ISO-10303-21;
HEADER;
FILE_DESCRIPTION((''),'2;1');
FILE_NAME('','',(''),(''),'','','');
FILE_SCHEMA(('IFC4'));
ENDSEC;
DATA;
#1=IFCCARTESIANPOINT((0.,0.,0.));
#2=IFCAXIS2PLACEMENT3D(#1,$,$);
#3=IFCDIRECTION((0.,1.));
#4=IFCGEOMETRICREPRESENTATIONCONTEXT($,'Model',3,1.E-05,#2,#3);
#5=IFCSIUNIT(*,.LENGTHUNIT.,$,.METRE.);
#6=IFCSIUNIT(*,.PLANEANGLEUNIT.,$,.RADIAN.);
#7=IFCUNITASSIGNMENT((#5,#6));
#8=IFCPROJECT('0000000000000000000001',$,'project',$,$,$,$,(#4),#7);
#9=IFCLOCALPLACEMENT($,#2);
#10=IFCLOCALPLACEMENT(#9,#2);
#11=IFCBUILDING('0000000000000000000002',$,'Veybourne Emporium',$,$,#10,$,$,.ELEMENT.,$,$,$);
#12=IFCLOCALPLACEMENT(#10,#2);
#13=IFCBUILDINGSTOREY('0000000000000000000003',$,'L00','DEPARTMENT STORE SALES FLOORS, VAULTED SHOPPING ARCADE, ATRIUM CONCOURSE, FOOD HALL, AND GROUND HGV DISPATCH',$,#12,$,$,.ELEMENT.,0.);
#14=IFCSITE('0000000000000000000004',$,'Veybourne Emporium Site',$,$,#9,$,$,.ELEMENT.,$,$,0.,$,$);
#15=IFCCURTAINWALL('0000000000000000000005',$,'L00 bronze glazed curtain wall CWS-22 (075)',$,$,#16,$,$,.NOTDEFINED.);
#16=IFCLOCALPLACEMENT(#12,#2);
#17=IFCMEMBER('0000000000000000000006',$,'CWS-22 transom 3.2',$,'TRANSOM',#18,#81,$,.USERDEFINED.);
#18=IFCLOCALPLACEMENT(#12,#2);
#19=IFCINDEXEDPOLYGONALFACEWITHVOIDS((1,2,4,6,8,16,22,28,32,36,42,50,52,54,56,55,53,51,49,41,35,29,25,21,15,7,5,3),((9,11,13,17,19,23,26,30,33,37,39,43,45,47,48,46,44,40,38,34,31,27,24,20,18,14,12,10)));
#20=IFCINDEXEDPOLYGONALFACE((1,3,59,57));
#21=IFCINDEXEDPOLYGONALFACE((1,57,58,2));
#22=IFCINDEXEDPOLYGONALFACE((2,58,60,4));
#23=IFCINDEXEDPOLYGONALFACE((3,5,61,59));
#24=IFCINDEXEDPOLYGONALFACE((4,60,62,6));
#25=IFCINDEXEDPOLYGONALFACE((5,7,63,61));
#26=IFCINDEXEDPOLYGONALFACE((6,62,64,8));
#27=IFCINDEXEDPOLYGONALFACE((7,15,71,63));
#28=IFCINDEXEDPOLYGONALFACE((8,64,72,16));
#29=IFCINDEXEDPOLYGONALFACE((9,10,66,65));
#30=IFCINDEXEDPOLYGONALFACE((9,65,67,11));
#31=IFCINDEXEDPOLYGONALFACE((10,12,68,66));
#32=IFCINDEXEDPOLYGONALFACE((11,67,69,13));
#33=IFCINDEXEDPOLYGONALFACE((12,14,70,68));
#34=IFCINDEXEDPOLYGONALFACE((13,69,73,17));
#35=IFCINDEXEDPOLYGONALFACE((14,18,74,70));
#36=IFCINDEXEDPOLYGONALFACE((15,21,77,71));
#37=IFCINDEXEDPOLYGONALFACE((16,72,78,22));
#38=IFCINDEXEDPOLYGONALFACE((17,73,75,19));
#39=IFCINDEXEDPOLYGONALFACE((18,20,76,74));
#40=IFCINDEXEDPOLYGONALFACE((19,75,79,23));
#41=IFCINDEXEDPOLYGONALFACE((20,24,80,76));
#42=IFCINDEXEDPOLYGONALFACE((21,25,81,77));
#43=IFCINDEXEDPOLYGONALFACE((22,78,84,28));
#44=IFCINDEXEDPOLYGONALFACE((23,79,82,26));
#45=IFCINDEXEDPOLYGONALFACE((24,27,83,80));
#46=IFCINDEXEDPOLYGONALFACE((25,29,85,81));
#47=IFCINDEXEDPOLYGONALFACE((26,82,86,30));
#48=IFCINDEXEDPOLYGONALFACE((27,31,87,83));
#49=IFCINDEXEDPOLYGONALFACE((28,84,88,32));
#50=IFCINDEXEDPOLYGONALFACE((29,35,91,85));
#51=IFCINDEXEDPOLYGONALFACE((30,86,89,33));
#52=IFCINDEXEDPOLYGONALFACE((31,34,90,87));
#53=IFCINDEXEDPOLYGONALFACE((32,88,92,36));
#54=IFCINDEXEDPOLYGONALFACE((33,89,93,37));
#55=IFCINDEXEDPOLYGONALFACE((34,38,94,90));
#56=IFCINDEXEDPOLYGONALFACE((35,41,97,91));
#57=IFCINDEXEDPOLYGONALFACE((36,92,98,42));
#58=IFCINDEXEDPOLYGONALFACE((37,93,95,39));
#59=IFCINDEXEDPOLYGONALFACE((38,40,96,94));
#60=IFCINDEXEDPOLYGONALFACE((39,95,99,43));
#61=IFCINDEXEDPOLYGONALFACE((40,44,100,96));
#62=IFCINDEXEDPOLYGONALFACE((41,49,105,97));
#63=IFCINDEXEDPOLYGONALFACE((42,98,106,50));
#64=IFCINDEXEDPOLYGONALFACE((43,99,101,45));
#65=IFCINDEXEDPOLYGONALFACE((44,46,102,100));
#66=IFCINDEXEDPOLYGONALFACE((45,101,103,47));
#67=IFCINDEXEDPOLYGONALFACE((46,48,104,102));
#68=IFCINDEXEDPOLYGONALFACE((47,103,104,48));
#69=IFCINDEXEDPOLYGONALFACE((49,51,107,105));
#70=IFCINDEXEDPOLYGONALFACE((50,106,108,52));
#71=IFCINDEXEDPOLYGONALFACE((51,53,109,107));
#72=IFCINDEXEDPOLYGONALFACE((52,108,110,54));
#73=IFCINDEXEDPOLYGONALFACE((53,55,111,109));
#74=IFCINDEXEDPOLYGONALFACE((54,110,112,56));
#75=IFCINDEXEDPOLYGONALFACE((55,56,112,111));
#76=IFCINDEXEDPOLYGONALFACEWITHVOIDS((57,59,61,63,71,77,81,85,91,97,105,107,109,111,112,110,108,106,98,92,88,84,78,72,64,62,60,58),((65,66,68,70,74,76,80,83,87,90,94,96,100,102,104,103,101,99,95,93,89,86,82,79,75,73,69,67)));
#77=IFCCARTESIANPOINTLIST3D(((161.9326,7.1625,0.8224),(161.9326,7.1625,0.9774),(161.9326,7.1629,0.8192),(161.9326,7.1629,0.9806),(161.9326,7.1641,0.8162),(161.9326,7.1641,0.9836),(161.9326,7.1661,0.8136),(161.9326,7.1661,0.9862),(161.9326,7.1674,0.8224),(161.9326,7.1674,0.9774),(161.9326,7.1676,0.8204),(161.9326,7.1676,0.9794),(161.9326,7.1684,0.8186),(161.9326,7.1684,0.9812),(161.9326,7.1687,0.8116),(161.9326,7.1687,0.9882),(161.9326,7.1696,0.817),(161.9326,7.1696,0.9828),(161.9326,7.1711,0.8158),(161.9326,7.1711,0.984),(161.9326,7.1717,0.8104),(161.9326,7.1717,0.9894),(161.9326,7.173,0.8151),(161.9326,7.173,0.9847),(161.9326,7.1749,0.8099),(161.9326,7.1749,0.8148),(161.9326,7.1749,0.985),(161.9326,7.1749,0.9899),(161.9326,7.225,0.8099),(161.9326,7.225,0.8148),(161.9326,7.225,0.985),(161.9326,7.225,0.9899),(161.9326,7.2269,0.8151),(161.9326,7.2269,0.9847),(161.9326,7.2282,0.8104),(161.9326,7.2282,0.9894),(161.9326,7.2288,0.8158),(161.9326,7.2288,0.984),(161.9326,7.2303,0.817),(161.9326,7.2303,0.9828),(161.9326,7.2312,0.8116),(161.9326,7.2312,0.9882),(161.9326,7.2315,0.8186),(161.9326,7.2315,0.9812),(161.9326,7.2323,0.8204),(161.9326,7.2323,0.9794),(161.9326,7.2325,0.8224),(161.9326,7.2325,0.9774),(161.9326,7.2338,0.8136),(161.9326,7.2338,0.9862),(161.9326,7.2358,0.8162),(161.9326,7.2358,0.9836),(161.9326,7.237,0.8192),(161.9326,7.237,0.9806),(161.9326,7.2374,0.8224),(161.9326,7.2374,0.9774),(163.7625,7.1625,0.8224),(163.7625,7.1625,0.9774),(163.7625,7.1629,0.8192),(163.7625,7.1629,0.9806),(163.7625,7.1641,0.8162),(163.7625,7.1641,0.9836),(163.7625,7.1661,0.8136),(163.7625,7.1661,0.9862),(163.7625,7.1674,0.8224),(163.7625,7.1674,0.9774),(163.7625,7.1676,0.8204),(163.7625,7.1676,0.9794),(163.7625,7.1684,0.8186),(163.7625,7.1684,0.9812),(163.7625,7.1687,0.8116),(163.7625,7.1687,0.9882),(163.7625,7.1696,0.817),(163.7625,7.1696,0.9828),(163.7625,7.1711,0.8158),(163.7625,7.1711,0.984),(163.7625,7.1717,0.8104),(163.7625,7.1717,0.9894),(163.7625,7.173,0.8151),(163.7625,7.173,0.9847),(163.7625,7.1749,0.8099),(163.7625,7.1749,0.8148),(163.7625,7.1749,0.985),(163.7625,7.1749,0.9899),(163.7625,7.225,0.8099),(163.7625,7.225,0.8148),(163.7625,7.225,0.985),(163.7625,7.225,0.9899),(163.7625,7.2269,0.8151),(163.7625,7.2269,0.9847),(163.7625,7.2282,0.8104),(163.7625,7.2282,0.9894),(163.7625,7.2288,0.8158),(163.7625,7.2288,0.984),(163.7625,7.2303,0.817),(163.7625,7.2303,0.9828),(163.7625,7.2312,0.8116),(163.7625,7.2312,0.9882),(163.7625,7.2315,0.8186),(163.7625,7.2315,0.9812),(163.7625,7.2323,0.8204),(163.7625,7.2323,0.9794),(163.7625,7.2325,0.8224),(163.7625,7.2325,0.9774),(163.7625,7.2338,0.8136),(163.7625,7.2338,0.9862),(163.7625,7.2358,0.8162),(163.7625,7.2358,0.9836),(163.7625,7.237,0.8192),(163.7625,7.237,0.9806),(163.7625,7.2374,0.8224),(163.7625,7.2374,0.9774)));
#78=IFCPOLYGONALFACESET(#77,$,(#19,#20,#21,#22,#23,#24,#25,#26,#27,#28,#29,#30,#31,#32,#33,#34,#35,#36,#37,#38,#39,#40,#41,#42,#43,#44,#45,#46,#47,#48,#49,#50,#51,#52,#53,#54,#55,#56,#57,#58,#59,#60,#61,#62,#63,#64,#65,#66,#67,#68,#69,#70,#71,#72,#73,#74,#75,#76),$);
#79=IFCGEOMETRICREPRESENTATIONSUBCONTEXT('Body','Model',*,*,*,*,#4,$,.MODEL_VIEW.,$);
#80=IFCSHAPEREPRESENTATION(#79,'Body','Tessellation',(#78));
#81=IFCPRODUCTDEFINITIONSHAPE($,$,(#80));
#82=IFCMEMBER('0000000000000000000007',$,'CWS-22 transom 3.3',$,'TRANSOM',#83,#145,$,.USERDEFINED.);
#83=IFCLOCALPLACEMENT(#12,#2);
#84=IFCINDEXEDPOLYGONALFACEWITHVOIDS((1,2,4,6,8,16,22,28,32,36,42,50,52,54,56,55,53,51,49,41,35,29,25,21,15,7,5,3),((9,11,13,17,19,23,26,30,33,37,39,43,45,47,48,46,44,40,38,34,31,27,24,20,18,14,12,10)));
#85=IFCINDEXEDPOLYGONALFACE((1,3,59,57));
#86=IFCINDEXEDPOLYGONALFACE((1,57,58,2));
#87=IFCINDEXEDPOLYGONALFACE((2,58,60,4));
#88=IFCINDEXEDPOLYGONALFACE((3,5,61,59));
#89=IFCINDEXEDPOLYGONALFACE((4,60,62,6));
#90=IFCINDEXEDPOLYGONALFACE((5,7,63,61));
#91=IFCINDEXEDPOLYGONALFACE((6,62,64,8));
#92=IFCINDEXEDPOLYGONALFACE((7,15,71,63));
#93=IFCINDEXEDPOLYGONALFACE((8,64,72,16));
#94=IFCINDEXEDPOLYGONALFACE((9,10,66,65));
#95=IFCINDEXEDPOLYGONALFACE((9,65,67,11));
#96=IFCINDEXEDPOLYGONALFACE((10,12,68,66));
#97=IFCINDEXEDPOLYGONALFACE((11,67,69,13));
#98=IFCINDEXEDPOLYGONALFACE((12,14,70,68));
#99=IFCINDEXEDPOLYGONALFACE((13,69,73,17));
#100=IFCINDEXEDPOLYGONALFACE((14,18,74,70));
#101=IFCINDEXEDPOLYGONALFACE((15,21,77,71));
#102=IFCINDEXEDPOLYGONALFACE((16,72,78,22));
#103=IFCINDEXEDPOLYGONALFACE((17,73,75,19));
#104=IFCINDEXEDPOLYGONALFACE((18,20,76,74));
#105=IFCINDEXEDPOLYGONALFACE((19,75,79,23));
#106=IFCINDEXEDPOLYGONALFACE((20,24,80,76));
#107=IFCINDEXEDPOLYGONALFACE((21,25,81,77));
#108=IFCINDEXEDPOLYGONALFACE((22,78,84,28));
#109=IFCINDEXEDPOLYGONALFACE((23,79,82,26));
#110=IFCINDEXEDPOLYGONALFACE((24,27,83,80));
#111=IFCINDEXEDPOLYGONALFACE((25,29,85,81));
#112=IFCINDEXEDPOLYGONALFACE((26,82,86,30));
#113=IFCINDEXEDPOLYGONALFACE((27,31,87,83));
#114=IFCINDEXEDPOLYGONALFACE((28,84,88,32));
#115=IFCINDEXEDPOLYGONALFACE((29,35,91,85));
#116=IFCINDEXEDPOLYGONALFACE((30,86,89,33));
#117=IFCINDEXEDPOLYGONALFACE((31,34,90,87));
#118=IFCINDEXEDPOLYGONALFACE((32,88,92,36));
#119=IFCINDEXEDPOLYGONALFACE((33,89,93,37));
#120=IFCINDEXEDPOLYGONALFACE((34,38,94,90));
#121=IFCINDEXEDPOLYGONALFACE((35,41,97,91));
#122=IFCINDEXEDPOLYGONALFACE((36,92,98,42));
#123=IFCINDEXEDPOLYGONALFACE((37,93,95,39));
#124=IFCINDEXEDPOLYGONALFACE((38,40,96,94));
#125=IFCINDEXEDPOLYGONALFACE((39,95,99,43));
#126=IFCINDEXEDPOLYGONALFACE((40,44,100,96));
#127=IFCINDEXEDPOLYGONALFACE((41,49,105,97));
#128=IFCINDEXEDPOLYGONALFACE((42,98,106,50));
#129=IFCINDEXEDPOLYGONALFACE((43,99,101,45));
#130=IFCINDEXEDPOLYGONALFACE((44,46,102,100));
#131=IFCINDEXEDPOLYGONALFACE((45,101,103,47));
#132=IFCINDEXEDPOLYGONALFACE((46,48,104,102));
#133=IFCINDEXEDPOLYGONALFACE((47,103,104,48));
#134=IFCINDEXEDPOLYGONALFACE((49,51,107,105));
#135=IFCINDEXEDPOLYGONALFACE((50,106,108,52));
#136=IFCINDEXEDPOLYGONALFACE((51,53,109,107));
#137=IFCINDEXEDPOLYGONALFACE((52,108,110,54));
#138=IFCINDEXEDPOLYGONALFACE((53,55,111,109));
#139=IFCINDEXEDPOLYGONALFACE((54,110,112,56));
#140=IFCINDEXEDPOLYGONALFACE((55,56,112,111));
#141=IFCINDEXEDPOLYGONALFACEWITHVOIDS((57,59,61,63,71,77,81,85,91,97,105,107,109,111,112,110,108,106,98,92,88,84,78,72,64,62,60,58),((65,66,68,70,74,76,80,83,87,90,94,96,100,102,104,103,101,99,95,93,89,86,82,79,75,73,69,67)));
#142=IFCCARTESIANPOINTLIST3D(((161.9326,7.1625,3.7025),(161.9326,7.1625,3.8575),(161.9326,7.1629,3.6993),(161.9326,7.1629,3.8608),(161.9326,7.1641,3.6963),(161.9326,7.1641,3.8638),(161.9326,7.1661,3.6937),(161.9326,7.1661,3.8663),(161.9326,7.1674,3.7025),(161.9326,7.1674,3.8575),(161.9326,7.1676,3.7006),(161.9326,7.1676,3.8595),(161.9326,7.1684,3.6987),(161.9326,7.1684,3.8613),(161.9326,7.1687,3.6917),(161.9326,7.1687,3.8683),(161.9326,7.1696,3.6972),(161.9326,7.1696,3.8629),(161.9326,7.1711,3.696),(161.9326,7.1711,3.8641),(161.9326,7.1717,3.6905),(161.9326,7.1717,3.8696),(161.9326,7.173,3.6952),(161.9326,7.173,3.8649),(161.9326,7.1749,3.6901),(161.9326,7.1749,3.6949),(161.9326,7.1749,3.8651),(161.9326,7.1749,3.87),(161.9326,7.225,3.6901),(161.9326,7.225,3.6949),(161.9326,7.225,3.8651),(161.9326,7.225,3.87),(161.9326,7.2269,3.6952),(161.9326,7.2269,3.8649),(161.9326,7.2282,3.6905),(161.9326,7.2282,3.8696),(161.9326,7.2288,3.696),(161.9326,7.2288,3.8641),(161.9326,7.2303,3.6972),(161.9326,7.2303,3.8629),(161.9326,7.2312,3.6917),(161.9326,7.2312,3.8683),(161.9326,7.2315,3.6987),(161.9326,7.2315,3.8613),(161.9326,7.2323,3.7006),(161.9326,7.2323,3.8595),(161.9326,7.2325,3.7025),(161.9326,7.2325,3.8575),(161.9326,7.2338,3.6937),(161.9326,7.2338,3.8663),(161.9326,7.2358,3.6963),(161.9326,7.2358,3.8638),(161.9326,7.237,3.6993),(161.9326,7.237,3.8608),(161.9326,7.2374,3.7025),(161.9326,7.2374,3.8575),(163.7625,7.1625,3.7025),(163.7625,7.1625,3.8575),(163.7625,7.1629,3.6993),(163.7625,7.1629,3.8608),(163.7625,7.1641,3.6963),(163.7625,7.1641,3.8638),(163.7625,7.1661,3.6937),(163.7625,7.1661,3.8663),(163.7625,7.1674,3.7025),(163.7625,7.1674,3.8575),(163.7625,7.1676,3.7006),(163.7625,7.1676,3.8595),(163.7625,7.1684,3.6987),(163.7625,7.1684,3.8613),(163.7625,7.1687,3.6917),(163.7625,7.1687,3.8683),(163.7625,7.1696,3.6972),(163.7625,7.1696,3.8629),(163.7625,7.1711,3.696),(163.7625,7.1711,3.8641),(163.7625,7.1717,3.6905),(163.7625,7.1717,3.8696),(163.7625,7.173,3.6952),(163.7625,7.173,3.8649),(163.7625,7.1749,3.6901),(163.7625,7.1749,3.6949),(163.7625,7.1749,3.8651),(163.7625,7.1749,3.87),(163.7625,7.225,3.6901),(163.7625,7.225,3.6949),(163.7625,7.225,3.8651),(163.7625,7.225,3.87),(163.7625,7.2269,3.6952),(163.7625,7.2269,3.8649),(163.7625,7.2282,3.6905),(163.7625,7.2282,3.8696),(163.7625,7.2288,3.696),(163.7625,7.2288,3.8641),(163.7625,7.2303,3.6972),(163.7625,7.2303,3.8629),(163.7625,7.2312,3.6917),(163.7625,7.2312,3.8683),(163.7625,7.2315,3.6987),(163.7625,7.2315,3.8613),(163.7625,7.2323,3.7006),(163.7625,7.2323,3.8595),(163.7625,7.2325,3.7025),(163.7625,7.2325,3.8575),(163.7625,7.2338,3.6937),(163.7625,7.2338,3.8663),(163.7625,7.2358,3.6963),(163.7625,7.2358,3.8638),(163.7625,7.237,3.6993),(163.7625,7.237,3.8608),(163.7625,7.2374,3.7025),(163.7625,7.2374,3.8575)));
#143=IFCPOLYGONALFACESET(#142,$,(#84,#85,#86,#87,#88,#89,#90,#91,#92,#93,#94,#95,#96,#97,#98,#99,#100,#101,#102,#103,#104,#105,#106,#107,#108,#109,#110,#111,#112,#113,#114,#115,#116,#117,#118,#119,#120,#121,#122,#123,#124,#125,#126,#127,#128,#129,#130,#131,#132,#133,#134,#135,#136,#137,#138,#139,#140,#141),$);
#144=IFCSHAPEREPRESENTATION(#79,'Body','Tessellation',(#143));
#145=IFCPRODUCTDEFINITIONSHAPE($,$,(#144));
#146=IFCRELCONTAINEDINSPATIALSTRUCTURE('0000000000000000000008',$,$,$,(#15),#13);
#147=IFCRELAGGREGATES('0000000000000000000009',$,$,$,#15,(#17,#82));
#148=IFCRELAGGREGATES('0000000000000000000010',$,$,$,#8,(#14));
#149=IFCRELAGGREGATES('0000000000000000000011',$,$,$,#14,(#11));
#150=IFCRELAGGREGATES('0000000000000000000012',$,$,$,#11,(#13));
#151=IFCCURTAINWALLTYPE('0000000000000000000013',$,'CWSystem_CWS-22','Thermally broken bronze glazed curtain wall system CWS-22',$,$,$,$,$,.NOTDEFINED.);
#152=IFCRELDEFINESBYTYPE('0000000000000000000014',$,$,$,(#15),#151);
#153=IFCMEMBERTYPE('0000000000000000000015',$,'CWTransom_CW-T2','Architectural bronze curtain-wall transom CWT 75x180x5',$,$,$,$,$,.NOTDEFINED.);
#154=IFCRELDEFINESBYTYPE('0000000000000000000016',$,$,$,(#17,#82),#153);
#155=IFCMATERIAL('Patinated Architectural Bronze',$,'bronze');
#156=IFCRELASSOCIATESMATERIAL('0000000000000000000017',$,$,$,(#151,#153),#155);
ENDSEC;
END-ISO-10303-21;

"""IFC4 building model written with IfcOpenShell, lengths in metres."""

from ifc_helpers import new_model, si_unit, direction, frame, origin, origin_2d, place, context, subcontext, project, spatial, hollow_rectangle, extrude, material, material_profile, profile_set, type_object, element, aggregate, save


model = new_model("IFC4")

# Units and contexts
model_context = context("Model", 3, precision=1e-05, world=origin(), true_north=direction((0.0, 1.0)))
body_context = subcontext(model_context, "Body", "Model", "MODEL_VIEW")
ifc_project = project(units=[si_unit("LENGTHUNIT", "METRE"), si_unit("PLANEANGLEUNIT", "RADIAN")], contexts=[model_context])

# Site, building, storey
site_placement = place(None, origin())
site = spatial("IfcSite", under=ifc_project, at=site_placement, Name="Veybourne Emporium Site", CompositionType="ELEMENT", RefElevation=0.0)
building_placement = place(site_placement, origin())
building = spatial("IfcBuilding", under=site, at=building_placement, Name="Veybourne Emporium", CompositionType="ELEMENT")
storey_placement = place(building_placement, origin())
storey = spatial("IfcBuildingStorey", under=building, at=storey_placement, Name="L00", Description="DEPARTMENT STORE SALES FLOORS, VAULTED SHOPPING ARCADE, ATRIUM CONCOURSE, FOOD HALL, AND GROUND HGV DISPATCH", CompositionType="ELEMENT", Elevation=0.0)

# Curtain wall
ifc_material_1 = material(Name="Patinated Architectural Bronze", Category="bronze")
curtain_wall_type_1 = type_object("IfcCurtainWallType", Name="CWSystem_CWS-22", Description="Thermally broken bronze glazed curtain wall system CWS-22", PredefinedType="NOTDEFINED", material=ifc_material_1)
curtain_wall_1_placement = place(storey_placement, origin())
curtain_wall_1 = element("IfcCurtainWall", 1, at=curtain_wall_1_placement, inside=storey, type_object=curtain_wall_type_1, Name="L00 bronze glazed curtain wall CWS-22 (075)", PredefinedType="NOTDEFINED")

# Members
ifc_material_profile_1 = material_profile(ifc_material_1, hollow_rectangle(XDim=0.075, YDim=0.1799, WallThickness=0.0049, InnerFilletRadius=0.0076, OuterFilletRadius=0.0125, at=origin_2d()), Name="CWT 75x180x5")
ifc_profile_set_1 = profile_set([ifc_material_profile_1], Name="Patinated Architectural Bronze")
member_type_1 = type_object("IfcMemberType", Name="CWTransom_CW-T2", Description="Architectural bronze curtain-wall transom CWT 75x180x5", PredefinedType="NOTDEFINED", material=ifc_profile_set_1)
member_1_placement = place(storey_placement, frame((163.7625, 7.2, 0.8999), z_axis=(-1.0, 0.0, 0.0), x_axis=(0.0, -1.0, 0.0)))
member_1 = element("IfcMember", 2, at=member_1_placement, type_object=member_type_1, Name="CWS-22 transom 3.2", ObjectType="TRANSOM", PredefinedType="USERDEFINED", context=body_context, shape_type="SweptSolid", body=[
    extrude(hollow_rectangle(XDim=0.075, YDim=0.1799, WallThickness=0.0049, InnerFilletRadius=0.0076, OuterFilletRadius=0.0125, at=origin_2d()), origin(), (0.0, 0.0, 1.0), 1.8298),
])
member_2_placement = place(storey_placement, frame((163.7625, 7.2, 3.78), z_axis=(-1.0, 0.0, 0.0), x_axis=(0.0, -1.0, 0.0)))
member_2 = element("IfcMember", 3, at=member_2_placement, type_object=member_type_1, Name="CWS-22 transom 3.3", ObjectType="TRANSOM", PredefinedType="USERDEFINED", context=body_context, shape_type="SweptSolid", body=[
    extrude(hollow_rectangle(XDim=0.075, YDim=0.1799, WallThickness=0.0049, InnerFilletRadius=0.0076, OuterFilletRadius=0.0125, at=origin_2d()), origin(), (0.0, 0.0, 1.0), 1.8298),
])

aggregate(curtain_wall_1, [member_1, member_2])

save(model, "model.ifc")
